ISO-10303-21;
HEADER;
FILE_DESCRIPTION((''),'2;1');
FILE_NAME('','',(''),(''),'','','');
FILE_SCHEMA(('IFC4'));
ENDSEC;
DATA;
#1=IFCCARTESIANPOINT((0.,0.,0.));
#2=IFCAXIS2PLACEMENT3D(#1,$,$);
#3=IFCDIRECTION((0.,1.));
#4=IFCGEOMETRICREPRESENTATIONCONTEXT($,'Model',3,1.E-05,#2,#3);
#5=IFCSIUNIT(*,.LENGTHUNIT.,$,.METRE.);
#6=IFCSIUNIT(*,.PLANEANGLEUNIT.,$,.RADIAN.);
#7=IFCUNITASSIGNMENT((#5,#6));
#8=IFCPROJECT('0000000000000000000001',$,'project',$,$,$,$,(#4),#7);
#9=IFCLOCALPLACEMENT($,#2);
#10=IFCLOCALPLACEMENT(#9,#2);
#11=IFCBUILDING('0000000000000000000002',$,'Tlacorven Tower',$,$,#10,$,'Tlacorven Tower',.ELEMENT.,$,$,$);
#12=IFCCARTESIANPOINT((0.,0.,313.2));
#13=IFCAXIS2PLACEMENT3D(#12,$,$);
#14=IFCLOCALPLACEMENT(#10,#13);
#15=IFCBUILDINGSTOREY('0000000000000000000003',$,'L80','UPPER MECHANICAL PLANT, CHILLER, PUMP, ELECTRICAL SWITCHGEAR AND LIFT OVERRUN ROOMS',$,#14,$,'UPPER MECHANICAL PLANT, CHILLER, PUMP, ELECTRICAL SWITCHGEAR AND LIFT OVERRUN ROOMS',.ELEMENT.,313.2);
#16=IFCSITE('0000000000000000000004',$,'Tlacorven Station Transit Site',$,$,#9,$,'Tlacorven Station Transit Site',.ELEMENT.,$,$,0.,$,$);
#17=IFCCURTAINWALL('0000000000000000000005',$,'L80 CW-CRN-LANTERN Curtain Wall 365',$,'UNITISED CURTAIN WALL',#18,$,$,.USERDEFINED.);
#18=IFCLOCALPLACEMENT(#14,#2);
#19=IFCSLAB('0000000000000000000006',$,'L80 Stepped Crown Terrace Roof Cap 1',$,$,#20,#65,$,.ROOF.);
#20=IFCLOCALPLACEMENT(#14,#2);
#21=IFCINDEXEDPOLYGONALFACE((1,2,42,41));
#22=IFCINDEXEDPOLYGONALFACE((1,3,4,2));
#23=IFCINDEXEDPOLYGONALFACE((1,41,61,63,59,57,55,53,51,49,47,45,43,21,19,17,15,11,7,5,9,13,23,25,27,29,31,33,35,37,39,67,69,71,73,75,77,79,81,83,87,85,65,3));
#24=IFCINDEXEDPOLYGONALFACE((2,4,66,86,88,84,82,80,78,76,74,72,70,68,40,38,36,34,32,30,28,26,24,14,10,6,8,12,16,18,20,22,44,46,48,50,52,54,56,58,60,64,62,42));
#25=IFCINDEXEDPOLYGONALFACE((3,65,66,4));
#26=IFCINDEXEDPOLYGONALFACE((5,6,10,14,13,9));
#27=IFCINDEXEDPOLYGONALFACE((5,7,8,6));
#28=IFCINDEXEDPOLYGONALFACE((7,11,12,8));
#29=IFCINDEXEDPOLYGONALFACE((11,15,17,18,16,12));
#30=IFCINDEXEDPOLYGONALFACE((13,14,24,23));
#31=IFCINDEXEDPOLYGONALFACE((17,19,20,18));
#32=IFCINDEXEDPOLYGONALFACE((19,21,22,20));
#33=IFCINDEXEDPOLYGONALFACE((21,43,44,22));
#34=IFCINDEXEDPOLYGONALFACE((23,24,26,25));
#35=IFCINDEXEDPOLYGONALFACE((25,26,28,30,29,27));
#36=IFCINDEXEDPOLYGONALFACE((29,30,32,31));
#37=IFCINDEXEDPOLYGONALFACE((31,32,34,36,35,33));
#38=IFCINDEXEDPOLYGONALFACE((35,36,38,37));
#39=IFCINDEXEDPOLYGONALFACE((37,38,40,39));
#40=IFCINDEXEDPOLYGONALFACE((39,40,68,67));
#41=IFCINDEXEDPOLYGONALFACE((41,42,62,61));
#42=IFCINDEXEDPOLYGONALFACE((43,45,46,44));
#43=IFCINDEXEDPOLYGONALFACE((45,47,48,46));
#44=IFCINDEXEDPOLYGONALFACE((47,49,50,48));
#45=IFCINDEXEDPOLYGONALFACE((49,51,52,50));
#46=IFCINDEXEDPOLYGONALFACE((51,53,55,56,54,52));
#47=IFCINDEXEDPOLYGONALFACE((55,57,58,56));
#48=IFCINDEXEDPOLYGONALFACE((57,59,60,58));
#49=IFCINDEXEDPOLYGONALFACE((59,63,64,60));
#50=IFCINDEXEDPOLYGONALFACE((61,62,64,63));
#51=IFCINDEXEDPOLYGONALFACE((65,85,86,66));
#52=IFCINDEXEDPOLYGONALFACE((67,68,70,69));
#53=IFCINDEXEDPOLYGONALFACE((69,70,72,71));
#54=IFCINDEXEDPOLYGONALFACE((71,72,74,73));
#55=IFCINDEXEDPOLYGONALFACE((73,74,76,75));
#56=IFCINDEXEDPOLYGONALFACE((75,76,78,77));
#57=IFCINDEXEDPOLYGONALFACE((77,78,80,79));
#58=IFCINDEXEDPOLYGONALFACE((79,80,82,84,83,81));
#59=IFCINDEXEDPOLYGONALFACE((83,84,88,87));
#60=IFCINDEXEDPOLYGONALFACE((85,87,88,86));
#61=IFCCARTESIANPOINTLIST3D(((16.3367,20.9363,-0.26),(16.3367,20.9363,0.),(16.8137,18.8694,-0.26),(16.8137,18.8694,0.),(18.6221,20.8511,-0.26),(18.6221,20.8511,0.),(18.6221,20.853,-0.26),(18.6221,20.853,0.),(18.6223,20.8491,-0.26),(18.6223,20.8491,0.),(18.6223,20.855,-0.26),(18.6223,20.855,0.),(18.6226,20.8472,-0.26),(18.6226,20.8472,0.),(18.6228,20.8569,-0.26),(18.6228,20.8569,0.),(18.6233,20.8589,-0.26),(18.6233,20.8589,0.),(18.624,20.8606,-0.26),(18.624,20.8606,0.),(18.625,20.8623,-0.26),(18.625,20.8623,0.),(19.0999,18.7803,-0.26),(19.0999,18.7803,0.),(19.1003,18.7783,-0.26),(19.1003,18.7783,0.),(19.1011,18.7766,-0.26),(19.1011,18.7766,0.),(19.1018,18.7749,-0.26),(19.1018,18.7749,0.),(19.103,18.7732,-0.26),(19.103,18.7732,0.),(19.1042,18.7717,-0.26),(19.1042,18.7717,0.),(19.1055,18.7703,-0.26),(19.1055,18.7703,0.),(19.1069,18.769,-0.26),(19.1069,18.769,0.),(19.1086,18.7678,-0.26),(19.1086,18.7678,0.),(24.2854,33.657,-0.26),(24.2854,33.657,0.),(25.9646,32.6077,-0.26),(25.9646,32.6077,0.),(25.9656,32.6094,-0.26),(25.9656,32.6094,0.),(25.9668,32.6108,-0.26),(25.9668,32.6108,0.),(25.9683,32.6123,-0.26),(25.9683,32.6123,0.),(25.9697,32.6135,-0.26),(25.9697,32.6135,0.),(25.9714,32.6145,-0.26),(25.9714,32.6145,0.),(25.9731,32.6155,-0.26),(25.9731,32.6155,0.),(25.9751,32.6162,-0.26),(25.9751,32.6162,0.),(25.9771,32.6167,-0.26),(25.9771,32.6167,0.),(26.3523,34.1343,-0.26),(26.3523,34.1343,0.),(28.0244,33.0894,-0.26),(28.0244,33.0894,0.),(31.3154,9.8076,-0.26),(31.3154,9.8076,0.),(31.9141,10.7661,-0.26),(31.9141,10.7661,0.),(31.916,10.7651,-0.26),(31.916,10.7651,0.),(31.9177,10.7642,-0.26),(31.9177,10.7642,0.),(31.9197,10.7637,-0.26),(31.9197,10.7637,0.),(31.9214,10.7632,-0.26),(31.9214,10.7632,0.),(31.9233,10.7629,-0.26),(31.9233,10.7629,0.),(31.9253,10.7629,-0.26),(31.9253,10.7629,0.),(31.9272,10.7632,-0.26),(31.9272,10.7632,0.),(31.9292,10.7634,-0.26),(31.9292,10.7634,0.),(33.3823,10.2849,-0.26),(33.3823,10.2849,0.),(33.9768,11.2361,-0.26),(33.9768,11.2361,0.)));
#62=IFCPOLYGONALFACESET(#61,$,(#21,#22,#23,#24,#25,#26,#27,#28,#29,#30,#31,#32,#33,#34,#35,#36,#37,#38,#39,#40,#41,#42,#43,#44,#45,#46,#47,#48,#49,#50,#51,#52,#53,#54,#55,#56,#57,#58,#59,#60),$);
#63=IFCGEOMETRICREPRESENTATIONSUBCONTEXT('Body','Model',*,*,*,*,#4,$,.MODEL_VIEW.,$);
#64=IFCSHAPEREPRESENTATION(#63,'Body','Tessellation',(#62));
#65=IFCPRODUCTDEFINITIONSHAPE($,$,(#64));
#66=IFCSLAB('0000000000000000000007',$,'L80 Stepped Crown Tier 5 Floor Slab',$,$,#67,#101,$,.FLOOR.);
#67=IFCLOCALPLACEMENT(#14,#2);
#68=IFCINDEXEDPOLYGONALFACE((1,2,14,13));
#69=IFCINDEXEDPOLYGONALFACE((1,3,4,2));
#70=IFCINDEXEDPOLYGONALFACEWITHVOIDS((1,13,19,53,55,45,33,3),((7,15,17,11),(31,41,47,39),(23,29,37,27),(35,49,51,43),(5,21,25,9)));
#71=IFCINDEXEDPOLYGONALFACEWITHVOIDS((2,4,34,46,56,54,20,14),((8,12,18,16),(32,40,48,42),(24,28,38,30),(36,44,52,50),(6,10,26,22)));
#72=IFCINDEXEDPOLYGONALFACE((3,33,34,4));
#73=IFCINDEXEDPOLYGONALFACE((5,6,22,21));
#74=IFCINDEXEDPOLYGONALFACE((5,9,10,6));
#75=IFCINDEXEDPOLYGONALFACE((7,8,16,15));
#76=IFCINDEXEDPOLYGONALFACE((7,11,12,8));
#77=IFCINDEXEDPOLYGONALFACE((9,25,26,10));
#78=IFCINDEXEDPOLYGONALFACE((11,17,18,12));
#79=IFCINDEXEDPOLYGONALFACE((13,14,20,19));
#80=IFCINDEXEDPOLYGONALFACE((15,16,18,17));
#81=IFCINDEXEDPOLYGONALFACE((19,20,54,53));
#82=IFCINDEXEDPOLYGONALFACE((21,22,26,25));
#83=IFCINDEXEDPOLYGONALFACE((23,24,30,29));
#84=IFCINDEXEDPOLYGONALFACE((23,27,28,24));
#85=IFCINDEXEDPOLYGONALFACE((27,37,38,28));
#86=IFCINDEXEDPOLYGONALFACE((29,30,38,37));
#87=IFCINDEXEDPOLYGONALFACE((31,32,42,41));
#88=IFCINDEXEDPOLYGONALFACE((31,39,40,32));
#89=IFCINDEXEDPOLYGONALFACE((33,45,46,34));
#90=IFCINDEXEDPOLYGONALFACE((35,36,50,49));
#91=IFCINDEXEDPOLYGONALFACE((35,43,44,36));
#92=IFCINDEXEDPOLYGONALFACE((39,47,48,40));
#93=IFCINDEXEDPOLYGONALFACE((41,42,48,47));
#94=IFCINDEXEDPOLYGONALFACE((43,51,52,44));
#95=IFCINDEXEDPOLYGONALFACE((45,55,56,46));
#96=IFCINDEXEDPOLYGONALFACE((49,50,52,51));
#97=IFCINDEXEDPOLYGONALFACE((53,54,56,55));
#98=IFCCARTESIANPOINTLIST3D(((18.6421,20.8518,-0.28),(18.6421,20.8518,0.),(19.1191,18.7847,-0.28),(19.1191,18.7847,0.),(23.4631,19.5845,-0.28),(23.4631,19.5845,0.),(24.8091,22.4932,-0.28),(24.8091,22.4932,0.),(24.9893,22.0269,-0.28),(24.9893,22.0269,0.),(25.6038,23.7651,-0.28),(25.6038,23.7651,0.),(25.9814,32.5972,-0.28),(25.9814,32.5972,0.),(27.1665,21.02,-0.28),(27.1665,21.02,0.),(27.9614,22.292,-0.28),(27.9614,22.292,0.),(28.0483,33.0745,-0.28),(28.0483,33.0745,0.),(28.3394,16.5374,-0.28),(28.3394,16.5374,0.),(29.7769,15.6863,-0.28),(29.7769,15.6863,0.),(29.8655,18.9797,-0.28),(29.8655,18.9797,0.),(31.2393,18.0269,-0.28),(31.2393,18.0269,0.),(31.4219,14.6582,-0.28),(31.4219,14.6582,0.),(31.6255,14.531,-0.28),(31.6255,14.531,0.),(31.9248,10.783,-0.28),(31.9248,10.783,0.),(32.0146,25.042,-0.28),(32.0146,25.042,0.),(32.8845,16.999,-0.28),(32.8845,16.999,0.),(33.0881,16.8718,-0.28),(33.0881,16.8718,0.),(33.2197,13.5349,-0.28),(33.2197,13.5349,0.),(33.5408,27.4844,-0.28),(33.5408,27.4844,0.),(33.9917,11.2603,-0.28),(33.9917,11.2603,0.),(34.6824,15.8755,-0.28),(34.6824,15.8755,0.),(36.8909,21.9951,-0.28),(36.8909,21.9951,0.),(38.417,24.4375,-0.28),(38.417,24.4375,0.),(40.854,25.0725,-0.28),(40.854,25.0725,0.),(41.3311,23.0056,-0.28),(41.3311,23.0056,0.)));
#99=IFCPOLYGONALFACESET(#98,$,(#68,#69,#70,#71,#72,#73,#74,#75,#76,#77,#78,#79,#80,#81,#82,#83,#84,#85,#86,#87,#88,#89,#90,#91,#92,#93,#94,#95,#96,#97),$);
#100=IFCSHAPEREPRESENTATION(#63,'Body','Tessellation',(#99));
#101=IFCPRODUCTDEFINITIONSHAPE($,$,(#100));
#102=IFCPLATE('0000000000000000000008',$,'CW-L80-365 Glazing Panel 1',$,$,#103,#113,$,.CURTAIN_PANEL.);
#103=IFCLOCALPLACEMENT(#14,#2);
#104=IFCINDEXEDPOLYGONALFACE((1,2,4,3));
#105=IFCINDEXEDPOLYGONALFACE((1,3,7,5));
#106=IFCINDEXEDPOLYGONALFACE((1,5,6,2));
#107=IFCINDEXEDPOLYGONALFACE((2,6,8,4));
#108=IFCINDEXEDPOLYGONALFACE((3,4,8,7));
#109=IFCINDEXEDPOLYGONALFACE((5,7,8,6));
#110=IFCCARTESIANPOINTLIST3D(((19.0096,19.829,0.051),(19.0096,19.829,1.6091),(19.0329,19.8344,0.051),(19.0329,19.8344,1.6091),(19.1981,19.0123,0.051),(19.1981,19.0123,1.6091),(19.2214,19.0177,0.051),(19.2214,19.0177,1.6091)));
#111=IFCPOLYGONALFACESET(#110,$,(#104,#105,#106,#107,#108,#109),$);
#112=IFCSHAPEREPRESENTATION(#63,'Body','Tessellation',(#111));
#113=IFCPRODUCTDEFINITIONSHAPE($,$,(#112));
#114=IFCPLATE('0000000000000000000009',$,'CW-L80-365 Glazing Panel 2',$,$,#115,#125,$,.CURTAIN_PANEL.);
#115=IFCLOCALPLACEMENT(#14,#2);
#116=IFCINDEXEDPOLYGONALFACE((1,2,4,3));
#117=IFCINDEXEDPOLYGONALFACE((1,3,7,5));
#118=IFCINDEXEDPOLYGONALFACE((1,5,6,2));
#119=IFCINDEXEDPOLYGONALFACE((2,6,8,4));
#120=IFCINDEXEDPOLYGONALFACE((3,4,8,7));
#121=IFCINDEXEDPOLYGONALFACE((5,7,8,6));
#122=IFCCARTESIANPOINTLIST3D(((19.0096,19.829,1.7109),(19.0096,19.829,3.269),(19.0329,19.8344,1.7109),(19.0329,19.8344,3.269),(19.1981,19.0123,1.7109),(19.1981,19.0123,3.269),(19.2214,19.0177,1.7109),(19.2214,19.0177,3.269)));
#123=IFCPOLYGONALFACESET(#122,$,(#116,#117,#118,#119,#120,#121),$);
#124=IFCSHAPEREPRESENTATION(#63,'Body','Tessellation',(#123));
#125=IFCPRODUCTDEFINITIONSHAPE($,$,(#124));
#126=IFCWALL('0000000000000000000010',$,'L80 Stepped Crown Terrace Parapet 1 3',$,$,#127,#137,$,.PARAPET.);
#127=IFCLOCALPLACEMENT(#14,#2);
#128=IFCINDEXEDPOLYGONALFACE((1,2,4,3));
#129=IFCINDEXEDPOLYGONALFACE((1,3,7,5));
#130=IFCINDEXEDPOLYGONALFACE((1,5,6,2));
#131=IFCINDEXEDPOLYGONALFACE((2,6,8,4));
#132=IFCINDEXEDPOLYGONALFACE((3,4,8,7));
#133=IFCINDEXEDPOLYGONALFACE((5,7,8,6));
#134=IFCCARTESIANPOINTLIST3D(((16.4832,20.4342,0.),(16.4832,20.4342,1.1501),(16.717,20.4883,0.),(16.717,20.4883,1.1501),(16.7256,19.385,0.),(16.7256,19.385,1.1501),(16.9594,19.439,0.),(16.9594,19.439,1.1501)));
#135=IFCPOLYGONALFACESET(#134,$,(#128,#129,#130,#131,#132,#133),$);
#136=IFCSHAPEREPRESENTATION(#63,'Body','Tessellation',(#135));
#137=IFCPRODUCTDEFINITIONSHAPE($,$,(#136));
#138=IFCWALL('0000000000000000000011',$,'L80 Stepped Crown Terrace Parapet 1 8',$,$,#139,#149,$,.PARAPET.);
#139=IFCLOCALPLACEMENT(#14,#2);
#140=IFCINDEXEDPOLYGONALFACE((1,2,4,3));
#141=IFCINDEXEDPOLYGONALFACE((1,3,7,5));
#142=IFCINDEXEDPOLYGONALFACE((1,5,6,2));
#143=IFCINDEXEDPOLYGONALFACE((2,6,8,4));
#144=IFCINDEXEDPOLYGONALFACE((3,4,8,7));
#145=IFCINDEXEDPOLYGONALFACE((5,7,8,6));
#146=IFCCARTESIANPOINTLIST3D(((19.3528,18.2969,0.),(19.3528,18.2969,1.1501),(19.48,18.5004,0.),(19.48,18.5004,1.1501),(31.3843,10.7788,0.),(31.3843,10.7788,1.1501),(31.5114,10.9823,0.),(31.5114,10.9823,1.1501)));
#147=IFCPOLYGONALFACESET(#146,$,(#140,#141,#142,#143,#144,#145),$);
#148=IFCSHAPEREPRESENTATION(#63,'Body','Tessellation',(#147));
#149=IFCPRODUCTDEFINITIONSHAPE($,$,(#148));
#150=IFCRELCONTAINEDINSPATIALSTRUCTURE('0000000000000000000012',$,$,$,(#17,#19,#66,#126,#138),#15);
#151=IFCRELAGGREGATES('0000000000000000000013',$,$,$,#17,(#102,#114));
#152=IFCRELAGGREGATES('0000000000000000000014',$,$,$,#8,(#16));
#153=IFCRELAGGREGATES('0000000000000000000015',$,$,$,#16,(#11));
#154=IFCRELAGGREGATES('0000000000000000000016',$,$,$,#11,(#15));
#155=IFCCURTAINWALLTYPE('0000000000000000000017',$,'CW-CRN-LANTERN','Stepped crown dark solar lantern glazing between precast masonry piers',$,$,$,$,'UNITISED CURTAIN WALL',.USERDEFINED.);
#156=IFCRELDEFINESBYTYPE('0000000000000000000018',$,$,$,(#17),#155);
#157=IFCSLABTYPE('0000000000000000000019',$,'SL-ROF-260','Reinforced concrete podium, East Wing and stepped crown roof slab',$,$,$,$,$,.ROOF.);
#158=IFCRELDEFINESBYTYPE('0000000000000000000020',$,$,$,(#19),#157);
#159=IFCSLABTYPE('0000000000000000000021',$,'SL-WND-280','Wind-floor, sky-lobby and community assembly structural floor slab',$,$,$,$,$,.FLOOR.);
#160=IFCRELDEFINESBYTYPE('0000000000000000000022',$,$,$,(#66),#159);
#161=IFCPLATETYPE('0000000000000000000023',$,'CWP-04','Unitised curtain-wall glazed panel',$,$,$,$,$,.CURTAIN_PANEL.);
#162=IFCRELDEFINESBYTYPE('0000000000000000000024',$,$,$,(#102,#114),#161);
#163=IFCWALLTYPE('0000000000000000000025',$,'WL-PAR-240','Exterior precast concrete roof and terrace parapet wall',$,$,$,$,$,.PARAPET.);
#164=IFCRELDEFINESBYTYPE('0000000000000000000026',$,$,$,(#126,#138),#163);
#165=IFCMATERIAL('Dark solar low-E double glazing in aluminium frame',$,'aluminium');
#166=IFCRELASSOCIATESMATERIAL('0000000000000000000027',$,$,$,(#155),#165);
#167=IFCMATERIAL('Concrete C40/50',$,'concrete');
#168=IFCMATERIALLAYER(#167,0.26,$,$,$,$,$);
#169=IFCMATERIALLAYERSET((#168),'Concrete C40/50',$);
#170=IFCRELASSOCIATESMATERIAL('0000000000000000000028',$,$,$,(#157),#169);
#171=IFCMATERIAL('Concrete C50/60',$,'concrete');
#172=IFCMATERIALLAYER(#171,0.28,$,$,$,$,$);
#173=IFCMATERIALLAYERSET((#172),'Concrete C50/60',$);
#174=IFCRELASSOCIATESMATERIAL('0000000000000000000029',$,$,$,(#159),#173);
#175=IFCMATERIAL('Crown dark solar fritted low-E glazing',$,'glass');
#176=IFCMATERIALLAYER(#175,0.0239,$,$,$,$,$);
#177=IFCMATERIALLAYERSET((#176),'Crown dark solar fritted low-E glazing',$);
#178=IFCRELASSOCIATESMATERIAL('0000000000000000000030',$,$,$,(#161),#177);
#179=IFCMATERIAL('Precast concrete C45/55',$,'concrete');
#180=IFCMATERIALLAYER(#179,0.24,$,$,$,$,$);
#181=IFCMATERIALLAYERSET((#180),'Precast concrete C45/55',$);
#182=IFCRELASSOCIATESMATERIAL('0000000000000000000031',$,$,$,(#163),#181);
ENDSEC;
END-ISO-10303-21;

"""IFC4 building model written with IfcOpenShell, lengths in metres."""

from ifc_helpers import new_model, si_unit, direction, frame, frame_2d, origin, origin_2d, place, context, subcontext, project, spatial, polyline, rectangle, outline, extrude, source, transform, mapped, material, layer, layer_set, type_object, element, aggregate, save


model = new_model("IFC4")

# Units and contexts
model_context = context("Model", 3, precision=1e-05, world=origin(), true_north=direction((0.0, 1.0)))
body_context = subcontext(model_context, "Body", "Model", "MODEL_VIEW")
ifc_project = project(units=[si_unit("LENGTHUNIT", "METRE"), si_unit("PLANEANGLEUNIT", "RADIAN")], contexts=[model_context])

# Site, building, storey
site_placement = place(None, origin())
site = spatial("IfcSite", under=ifc_project, at=site_placement, Name="Tlacorven Station Transit Site", LongName="Tlacorven Station Transit Site", CompositionType="ELEMENT", RefElevation=0.0)
building_placement = place(site_placement, origin())
building = spatial("IfcBuilding", under=site, at=building_placement, Name="Tlacorven Tower", LongName="Tlacorven Tower", CompositionType="ELEMENT")
storey_placement = place(building_placement, frame((0.0, 0.0, 313.2)))
storey = spatial("IfcBuildingStorey", under=building, at=storey_placement, Name="L80", Description="UPPER MECHANICAL PLANT, CHILLER, PUMP, ELECTRICAL SWITCHGEAR AND LIFT OVERRUN ROOMS", LongName="UPPER MECHANICAL PLANT, CHILLER, PUMP, ELECTRICAL SWITCHGEAR AND LIFT OVERRUN ROOMS", CompositionType="ELEMENT", Elevation=313.2)

# Curtain wall
ifc_material_1 = material(Name="Dark solar low-E double glazing in aluminium frame", Category="aluminium")
curtain_wall_type = type_object("IfcCurtainWallType", Name="CW-CRN-LANTERN", Description="Stepped crown dark solar lantern glazing between precast masonry piers", ElementType="UNITISED CURTAIN WALL", PredefinedType="USERDEFINED", material=ifc_material_1)
curtain_wall_placement = place(storey_placement, origin())
curtain_wall = element("IfcCurtainWall", 1, at=curtain_wall_placement, inside=storey, type_object=curtain_wall_type, Name="L80 CW-CRN-LANTERN Curtain Wall 365", ObjectType="UNITISED CURTAIN WALL", PredefinedType="USERDEFINED")

# Shared definitions
ifc_material_2 = material(Name="Concrete C40/50", Category="concrete")

# Slabs
ifc_layer_1 = layer(ifc_material_2, 0.26)
ifc_layer_set_1 = layer_set([ifc_layer_1], Name="Concrete C40/50")
slab_type_1 = type_object("IfcSlabType", Name="SL-ROF-260", Description="Reinforced concrete podium, East Wing and stepped crown roof slab", PredefinedType="ROOF", material=ifc_layer_set_1)
slab_1_placement = place(storey_placement, frame((0.0, 0.0, -0.26)))
element("IfcSlab", 2, at=slab_1_placement, inside=storey, type_object=slab_type_1, Name="L80 Stepped Crown Terrace Roof Cap 1", PredefinedType="ROOF", context=body_context, shape_type="SweptSolid", body=[
    extrude(outline(polyline([(33.3823, 10.2849), (31.3154, 9.8076), (16.8137, 18.8694), (16.3367, 20.9363), (24.2854, 33.657), (26.3523, 34.1343), (28.0244, 33.0894), (25.9771, 32.6167), (25.9751, 32.6162), (25.9731, 32.6155), (25.9714, 32.6145), (25.9697, 32.6135), (25.9683, 32.6123), (25.9668, 32.6108), (25.9656, 32.6094), (25.9646, 32.6077), (18.625, 20.8623), (18.624, 20.8606), (18.6233, 20.8589), (18.6228, 20.8569), (18.6223, 20.855), (18.6221, 20.853), (18.6221, 20.8511), (18.6223, 20.8491), (18.6226, 20.8472), (19.0999, 18.7803), (19.1003, 18.7783), (19.1011, 18.7766), (19.1018, 18.7749), (19.103, 18.7732), (19.1042, 18.7717), (19.1055, 18.7703), (19.1069, 18.769), (19.1086, 18.7678), (31.9141, 10.7661), (31.916, 10.7651), (31.9177, 10.7642), (31.9197, 10.7637), (31.9214, 10.7632), (31.9233, 10.7629), (31.9253, 10.7629), (31.9272, 10.7632), (31.9292, 10.7634), (33.9768, 11.2361), (33.3823, 10.2849)])), origin(), (0.0, 0.0, 1.0), 0.26),
])
ifc_material_3 = material(Name="Concrete C50/60", Category="concrete")
ifc_layer_2 = layer(ifc_material_3, 0.28)
ifc_layer_set_2 = layer_set([ifc_layer_2], Name="Concrete C50/60")
slab_type_2 = type_object("IfcSlabType", Name="SL-WND-280", Description="Wind-floor, sky-lobby and community assembly structural floor slab", PredefinedType="FLOOR", material=ifc_layer_set_2)
slab_2_placement = place(storey_placement, frame((0.0, 0.0, -0.28)))
element("IfcSlab", 3, at=slab_2_placement, inside=storey, type_object=slab_type_2, Name="L80 Stepped Crown Tier 5 Floor Slab", PredefinedType="FLOOR", context=body_context, shape_type="SweptSolid", body=[
    extrude(outline(polyline([(40.854, 25.0725), (28.0483, 33.0745), (25.9814, 32.5972), (18.6421, 20.8518), (19.1191, 18.7847), (31.9248, 10.783), (33.9917, 11.2603), (41.3311, 23.0056), (40.854, 25.0725)]), holes=[polyline([(29.8655, 18.9797), (24.9893, 22.0269), (23.4631, 19.5845), (28.3394, 16.5374), (29.8655, 18.9797)]), polyline([(38.417, 24.4375), (33.5408, 27.4844), (32.0146, 25.042), (36.8909, 21.9951), (38.417, 24.4375)]), polyline([(34.6824, 15.8755), (33.0881, 16.8718), (31.6255, 14.531), (33.2197, 13.5349), (34.6824, 15.8755)]), polyline([(32.8845, 16.999), (31.2393, 18.0269), (29.7769, 15.6863), (31.4219, 14.6582), (32.8845, 16.999)]), polyline([(27.9614, 22.292), (25.6038, 23.7651), (24.8091, 22.4932), (27.1665, 21.02), (27.9614, 22.292)])]), origin(), (0.0, 0.0, 1.0), 0.28),
])

# Plates
ifc_material_4 = material(Name="Crown dark solar fritted low-E glazing", Category="glass")
ifc_layer_3 = layer(ifc_material_4, 0.0239)
ifc_layer_set_3 = layer_set([ifc_layer_3], Name="Crown dark solar fritted low-E glazing")
plate_type = type_object("IfcPlateType", Name="CWP-04", Description="Unitised curtain-wall glazed panel", PredefinedType="CURTAIN_PANEL", material=ifc_layer_set_3)
shared_shape_1 = source(origin(), body_context, "Body", "SweptSolid", [
    extrude(rectangle(XDim=0.8381, YDim=0.0239, at=origin_2d()), origin(), (0.0, 0.0, 1.0), 1.5581),
])
plate_1_placement = place(storey_placement, frame((19.1155, 19.4233, 0.051), z_axis=(0.0, 0.0, 1.0), x_axis=(-0.22495, 0.97437, 0.0)))
plate_1 = element("IfcPlate", 4, at=plate_1_placement, type_object=plate_type, Name="CW-L80-365 Glazing Panel 1", PredefinedType="CURTAIN_PANEL", context=body_context, shape_type="MappedRepresentation", body=[
    mapped(shared_shape_1, transform((0.0, 0.0, 0.0), scale=1.0)),
])
plate_2_placement = place(storey_placement, frame((19.1155, 19.4233, 1.7109), z_axis=(0.0, 0.0, 1.0), x_axis=(-0.22495, 0.97437, 0.0)))
plate_2 = element("IfcPlate", 5, at=plate_2_placement, type_object=plate_type, Name="CW-L80-365 Glazing Panel 2", PredefinedType="CURTAIN_PANEL", context=body_context, shape_type="MappedRepresentation", body=[
    mapped(shared_shape_1, transform((0.0, 0.0, 0.0), scale=1.0)),
])
aggregate(curtain_wall, [plate_1, plate_2])

# Walls
ifc_material_5 = material(Name="Precast concrete C45/55", Category="concrete")
ifc_layer_4 = layer(ifc_material_5, 0.24)
ifc_layer_set_4 = layer_set([ifc_layer_4], Name="Precast concrete C45/55")
wall_type = type_object("IfcWallType", Name="WL-PAR-240", Description="Exterior precast concrete roof and terrace parapet wall", PredefinedType="PARAPET", material=ifc_layer_set_4)
wall_1_placement = place(storey_placement, frame((16.8425, 19.4119, 0.0), z_axis=(0.0, 0.0, 1.0), x_axis=(-0.225108, 0.974334, 0.0)))
element("IfcWall", 6, at=wall_1_placement, inside=storey, type_object=wall_type, Name="L80 Stepped Crown Terrace Parapet 1 3", PredefinedType="PARAPET", context=body_context, shape_type="SweptSolid", body=[
    extrude(rectangle(XDim=1.0769, YDim=0.24, at=frame_2d((0.5386, 0.0))), origin(), (0.0, 0.0, 1.0), 1.1501),
])
wall_2_placement = place(storey_placement, frame((19.4163, 18.3987, 0.0), z_axis=(0.0, 0.0, 1.0), x_axis=(0.84805, -0.529917, 0.0)))
element("IfcWall", 7, at=wall_2_placement, inside=storey, type_object=wall_type, Name="L80 Stepped Crown Terrace Parapet 1 8", PredefinedType="PARAPET", context=body_context, shape_type="SweptSolid", body=[
    extrude(rectangle(XDim=14.1873, YDim=0.24, at=frame_2d((7.0938, 0.0))), origin(), (0.0, 0.0, 1.0), 1.1501),
])

save(model, "model.ifc")
